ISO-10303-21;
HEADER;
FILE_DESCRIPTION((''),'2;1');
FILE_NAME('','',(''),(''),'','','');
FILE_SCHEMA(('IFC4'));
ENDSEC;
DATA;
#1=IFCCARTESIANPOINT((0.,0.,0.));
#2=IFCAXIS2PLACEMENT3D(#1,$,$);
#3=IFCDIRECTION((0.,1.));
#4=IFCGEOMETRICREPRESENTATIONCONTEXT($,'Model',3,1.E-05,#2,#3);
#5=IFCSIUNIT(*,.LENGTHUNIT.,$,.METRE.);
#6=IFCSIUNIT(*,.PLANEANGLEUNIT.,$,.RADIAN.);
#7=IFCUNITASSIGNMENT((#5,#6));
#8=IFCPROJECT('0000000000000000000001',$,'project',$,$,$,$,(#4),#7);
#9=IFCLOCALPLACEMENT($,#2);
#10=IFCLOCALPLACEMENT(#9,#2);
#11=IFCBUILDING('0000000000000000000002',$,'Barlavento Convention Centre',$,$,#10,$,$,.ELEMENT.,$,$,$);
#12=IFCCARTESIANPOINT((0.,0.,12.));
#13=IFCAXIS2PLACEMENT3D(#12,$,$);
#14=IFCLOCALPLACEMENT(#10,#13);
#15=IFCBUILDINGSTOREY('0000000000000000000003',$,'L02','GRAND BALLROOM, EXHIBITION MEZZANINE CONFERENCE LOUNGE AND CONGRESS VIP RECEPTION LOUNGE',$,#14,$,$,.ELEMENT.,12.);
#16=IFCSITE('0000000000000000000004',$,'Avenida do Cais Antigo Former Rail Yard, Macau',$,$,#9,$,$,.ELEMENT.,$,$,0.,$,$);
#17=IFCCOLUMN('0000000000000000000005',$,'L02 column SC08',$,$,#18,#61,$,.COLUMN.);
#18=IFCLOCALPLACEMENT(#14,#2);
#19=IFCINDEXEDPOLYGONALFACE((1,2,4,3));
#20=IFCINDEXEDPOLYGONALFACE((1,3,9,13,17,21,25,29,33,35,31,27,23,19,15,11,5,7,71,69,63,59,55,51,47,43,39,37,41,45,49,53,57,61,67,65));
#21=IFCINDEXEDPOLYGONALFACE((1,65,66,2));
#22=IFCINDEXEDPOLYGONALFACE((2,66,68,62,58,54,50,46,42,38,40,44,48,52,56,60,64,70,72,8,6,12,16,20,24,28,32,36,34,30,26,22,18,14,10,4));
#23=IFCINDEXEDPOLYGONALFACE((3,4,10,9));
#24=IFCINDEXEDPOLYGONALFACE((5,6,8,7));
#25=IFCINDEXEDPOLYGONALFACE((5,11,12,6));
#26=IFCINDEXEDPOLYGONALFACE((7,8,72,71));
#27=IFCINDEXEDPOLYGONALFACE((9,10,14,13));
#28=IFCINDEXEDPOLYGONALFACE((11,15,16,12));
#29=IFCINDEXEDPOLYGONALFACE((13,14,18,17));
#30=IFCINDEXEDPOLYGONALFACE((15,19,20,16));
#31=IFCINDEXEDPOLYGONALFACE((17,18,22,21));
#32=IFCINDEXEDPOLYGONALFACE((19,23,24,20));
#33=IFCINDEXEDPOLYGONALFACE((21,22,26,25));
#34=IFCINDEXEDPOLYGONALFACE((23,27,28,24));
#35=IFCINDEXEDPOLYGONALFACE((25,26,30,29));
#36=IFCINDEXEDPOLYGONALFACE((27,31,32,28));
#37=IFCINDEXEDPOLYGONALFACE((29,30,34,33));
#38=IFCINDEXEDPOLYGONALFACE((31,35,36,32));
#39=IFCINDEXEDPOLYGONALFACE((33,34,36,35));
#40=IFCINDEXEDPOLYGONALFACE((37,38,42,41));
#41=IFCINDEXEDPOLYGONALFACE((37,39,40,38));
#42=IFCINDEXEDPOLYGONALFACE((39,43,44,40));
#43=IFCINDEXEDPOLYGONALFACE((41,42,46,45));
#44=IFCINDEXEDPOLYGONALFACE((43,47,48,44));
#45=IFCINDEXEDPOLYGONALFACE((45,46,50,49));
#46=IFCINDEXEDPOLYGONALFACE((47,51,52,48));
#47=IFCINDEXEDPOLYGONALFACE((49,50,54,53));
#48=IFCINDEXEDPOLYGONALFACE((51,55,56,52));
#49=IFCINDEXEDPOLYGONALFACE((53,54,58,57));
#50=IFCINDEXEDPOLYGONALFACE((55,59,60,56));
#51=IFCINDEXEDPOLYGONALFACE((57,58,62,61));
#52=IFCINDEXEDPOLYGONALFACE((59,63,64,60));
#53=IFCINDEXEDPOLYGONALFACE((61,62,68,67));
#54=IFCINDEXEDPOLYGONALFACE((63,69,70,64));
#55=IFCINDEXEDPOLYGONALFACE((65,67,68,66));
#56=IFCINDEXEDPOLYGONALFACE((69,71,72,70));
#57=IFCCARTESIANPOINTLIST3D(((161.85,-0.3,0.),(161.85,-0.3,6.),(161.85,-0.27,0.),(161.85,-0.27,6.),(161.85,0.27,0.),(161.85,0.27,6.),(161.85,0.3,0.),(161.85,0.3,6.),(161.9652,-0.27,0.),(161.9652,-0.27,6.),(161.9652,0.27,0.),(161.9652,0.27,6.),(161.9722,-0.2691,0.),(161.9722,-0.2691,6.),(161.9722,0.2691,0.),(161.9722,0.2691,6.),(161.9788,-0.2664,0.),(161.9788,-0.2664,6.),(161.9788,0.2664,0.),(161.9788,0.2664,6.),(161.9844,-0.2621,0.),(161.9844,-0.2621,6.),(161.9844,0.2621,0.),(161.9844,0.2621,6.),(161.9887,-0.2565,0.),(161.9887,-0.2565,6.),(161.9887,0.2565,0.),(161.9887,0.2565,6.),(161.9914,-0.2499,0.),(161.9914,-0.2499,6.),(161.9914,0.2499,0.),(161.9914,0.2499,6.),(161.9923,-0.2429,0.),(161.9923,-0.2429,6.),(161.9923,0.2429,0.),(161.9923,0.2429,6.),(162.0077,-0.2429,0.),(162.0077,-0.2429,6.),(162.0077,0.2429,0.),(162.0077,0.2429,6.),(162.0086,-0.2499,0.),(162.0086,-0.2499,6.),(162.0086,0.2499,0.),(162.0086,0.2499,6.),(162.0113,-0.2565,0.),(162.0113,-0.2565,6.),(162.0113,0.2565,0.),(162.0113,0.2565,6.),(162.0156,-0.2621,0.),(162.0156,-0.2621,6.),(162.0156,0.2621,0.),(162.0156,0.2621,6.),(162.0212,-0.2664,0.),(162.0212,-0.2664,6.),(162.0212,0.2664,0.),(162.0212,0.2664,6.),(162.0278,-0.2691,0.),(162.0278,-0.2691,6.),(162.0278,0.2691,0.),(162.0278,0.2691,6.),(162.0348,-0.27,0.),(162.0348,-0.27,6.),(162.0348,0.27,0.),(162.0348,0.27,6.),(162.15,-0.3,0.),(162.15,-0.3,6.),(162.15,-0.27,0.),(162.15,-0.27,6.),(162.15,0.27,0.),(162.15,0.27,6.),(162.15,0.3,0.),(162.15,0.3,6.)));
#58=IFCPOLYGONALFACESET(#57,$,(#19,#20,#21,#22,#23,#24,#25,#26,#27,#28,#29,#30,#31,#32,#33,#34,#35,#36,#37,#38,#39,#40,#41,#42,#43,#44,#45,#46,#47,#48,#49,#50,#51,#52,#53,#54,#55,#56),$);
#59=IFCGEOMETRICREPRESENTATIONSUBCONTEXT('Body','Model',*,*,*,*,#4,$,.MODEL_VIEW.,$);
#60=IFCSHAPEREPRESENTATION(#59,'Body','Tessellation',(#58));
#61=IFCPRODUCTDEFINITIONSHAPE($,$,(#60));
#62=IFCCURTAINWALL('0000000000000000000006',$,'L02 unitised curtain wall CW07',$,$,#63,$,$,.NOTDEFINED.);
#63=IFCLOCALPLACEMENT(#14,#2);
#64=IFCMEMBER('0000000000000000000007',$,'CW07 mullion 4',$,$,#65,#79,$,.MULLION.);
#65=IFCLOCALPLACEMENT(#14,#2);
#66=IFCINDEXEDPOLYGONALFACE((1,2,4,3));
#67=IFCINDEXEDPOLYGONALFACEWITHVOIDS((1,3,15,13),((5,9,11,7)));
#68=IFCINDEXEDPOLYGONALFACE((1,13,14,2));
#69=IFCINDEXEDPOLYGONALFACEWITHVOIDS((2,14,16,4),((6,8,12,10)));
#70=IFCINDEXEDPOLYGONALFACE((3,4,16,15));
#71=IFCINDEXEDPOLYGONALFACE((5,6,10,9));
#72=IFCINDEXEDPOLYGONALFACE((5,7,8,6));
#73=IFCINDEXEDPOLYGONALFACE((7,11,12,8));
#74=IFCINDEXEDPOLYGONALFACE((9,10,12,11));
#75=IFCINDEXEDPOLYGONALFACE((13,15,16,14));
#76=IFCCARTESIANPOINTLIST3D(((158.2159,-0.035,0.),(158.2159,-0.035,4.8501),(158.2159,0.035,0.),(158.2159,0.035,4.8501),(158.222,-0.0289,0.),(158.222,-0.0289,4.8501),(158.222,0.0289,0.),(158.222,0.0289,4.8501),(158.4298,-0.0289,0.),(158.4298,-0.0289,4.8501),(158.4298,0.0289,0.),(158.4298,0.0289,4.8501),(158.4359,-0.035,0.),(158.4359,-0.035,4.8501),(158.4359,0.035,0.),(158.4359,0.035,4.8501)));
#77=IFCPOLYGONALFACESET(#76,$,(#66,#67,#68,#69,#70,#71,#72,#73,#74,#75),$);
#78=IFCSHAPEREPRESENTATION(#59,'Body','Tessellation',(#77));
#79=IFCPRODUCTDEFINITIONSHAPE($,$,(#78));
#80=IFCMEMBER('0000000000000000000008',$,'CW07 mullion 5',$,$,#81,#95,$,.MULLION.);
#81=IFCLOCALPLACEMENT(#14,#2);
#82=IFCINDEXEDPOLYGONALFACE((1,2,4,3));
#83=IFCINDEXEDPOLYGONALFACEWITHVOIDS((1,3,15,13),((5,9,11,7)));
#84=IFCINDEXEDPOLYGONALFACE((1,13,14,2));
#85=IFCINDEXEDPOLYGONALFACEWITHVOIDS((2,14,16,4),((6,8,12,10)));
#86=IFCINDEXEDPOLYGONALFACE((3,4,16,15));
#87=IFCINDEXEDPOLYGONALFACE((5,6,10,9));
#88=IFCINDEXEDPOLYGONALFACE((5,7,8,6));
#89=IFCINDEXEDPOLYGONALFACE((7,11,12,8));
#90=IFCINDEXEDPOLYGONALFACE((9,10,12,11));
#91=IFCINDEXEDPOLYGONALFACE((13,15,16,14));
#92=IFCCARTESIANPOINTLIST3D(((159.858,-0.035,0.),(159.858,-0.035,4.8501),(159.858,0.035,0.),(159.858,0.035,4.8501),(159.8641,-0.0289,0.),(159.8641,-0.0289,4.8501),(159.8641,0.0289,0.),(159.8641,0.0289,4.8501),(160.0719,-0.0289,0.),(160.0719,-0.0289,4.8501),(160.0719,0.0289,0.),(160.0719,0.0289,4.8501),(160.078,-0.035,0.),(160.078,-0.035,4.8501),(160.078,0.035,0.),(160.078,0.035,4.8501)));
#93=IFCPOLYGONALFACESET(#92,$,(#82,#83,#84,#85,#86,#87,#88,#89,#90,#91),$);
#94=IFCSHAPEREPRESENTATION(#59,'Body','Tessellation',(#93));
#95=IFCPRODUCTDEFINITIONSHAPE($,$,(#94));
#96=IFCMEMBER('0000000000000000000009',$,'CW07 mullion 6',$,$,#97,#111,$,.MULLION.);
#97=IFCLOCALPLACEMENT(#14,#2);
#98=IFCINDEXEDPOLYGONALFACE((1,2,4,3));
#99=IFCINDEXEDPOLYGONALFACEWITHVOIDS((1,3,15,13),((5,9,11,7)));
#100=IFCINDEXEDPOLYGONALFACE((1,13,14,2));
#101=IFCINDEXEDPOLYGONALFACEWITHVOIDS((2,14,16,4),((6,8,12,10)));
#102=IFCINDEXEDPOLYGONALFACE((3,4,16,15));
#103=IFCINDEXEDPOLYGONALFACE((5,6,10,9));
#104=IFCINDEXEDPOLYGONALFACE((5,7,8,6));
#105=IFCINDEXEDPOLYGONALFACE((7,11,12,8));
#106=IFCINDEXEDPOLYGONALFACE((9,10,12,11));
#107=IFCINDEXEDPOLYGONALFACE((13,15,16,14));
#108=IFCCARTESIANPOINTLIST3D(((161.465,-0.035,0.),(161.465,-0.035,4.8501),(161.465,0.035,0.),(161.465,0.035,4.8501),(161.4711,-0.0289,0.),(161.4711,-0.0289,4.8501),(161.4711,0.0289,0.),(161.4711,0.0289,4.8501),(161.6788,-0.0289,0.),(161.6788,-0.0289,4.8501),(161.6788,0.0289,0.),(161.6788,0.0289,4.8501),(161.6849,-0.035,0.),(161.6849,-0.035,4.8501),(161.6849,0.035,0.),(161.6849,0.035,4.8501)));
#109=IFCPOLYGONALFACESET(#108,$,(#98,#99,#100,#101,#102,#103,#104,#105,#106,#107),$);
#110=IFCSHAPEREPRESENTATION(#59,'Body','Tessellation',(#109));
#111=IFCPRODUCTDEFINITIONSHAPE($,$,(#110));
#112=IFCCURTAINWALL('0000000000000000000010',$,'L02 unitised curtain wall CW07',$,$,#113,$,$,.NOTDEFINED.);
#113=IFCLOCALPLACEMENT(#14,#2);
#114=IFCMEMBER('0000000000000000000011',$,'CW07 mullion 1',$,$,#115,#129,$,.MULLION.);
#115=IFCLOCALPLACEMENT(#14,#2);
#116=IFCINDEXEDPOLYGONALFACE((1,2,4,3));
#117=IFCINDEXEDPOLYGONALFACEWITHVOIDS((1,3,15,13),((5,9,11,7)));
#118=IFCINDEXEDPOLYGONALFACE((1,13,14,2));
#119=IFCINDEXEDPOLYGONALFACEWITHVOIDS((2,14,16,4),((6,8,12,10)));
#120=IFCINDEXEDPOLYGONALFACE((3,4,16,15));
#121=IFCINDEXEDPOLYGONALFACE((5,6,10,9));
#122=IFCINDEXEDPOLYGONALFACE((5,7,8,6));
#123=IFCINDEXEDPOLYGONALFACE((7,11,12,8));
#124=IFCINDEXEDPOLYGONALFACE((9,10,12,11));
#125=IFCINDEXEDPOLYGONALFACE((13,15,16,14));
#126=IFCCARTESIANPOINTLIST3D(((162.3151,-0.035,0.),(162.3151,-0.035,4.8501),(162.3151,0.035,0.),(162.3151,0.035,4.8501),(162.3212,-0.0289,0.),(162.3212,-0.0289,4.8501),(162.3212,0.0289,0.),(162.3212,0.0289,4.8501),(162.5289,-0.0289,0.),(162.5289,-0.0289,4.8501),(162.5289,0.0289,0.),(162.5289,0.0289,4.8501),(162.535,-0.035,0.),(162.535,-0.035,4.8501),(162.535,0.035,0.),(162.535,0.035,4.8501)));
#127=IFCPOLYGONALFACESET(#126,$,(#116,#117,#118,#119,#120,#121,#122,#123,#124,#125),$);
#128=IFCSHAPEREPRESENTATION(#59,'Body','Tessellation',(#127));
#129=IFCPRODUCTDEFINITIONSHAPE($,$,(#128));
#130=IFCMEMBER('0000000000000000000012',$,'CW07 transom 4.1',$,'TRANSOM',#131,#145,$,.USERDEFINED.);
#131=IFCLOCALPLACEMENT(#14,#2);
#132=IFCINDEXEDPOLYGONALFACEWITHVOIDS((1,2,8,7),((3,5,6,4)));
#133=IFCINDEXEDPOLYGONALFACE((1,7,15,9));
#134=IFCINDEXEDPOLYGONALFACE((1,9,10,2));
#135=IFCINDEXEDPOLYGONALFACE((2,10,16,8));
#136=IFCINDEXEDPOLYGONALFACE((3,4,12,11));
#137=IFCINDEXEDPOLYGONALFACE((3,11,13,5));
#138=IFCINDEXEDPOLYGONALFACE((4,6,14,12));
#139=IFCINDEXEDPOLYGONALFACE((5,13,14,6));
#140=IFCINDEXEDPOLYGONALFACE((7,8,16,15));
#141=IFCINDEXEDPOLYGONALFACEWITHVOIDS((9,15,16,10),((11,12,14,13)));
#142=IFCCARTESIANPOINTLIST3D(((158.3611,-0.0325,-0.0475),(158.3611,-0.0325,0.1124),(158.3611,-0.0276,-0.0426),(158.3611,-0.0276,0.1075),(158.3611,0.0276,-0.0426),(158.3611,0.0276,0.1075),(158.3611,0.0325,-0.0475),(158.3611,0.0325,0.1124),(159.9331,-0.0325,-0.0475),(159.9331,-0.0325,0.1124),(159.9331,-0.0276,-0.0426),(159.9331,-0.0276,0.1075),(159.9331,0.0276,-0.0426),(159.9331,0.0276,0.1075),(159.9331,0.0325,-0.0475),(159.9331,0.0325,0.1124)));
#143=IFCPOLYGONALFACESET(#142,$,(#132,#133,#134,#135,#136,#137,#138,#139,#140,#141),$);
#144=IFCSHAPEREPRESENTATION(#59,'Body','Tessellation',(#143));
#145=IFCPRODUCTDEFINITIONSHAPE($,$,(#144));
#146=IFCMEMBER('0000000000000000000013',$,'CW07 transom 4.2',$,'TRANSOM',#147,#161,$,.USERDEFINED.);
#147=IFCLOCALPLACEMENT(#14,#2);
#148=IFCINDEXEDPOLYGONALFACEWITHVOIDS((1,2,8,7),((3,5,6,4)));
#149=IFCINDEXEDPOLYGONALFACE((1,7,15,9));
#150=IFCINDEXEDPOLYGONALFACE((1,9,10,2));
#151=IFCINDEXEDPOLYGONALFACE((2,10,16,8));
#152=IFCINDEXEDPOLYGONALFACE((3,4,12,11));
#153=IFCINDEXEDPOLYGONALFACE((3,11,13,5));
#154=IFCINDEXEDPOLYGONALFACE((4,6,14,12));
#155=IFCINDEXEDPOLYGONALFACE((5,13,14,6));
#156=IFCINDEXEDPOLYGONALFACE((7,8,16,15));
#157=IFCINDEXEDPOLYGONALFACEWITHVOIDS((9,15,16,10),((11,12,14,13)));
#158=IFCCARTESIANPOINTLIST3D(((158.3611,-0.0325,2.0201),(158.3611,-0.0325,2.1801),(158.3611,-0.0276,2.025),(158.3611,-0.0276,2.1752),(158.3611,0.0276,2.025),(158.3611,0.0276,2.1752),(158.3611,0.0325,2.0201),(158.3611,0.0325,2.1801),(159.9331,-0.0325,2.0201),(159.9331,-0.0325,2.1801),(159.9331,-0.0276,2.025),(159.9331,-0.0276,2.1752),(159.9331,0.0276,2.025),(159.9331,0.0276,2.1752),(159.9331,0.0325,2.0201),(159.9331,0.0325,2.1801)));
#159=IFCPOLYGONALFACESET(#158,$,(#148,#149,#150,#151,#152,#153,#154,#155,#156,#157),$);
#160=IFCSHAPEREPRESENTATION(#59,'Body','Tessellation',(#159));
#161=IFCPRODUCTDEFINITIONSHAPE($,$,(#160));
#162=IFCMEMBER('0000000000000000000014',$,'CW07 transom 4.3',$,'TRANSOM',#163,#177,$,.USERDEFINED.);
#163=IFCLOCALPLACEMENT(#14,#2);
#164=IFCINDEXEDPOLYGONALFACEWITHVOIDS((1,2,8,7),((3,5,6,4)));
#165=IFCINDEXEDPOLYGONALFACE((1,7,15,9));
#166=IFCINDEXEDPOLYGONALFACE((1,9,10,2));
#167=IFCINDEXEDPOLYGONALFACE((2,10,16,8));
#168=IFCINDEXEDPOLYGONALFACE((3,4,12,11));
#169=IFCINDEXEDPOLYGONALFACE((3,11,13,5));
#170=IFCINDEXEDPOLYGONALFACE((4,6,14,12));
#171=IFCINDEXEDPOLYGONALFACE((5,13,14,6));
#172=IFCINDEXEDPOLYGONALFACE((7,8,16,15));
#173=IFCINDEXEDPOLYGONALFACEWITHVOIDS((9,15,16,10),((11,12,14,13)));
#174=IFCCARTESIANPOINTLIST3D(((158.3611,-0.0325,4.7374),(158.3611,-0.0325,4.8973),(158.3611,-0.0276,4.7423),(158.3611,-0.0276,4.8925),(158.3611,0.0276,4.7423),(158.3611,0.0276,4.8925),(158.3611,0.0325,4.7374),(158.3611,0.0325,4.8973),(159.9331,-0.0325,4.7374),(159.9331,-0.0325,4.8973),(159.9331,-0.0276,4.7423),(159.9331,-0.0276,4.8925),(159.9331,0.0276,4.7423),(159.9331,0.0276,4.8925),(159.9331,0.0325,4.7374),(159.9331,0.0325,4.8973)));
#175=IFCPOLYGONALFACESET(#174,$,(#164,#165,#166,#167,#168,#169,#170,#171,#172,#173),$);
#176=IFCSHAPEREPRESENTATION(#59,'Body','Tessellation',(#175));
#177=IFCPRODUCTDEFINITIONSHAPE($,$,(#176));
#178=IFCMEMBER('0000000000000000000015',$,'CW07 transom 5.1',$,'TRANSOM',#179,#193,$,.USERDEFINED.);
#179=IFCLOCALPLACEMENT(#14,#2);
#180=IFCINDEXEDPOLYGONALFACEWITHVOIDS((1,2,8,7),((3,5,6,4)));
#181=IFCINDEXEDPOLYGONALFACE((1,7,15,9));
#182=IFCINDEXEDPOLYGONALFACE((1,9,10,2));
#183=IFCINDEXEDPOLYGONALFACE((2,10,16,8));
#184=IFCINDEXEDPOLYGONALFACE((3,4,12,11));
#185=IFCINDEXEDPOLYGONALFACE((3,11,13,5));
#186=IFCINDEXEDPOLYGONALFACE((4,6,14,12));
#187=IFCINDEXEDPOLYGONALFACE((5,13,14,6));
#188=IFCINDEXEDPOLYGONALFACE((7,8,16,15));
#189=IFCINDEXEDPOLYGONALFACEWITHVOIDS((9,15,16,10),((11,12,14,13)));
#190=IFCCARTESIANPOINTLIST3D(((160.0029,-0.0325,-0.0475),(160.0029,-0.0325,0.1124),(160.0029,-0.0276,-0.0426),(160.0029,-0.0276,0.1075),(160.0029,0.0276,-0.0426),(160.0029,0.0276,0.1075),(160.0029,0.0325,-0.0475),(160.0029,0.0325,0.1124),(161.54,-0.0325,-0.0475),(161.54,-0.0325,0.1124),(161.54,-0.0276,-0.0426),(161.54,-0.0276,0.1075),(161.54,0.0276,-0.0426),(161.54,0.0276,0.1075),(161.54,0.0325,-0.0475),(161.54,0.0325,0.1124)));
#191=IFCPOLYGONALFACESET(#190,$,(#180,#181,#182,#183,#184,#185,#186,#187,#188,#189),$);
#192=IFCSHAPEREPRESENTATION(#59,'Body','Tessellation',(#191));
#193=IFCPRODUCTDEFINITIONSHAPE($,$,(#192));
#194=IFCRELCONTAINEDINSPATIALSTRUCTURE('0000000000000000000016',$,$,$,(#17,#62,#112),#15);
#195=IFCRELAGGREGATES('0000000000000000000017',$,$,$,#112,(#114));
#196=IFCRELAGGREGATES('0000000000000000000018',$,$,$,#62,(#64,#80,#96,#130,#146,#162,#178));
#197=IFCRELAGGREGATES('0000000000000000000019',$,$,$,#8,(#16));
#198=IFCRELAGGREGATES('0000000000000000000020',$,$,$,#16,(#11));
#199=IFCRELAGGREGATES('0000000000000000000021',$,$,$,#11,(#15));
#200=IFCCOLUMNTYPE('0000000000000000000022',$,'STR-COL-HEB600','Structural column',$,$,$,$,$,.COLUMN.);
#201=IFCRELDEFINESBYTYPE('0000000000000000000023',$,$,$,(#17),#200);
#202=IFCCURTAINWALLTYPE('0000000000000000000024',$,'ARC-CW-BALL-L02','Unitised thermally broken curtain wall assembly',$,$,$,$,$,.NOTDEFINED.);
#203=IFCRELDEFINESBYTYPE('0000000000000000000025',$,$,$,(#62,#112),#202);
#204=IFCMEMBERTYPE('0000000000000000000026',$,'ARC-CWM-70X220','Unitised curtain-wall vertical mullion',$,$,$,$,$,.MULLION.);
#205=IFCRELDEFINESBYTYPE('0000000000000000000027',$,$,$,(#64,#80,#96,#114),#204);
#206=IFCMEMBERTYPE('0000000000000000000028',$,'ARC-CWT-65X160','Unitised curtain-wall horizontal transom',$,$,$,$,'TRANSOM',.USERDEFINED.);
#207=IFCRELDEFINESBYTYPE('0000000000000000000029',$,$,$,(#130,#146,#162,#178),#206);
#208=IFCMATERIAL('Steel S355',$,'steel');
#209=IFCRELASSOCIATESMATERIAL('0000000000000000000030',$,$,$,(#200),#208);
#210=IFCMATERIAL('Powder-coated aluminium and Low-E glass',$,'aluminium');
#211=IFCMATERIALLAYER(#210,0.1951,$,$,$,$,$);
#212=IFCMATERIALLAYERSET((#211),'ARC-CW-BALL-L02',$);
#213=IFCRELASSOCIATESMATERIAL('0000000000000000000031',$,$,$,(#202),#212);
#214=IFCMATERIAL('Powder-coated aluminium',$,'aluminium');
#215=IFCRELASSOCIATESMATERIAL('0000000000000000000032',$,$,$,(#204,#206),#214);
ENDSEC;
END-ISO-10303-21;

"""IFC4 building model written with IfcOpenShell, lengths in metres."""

from ifc_helpers import new_model, si_unit, direction, frame, origin, origin_2d, place, context, subcontext, project, spatial, hollow_rectangle, i_section, extrude, material, layer, layer_set, material_profile, profile_set, type_object, element, aggregate, save


model = new_model("IFC4")

# Units and contexts
model_context = context("Model", 3, precision=1e-05, world=origin(), true_north=direction((0.0, 1.0)))
body_context = subcontext(model_context, "Body", "Model", "MODEL_VIEW")
ifc_project = project(units=[si_unit("LENGTHUNIT", "METRE"), si_unit("PLANEANGLEUNIT", "RADIAN")], contexts=[model_context])

# Site, building, storey
site_placement = place(None, origin())
site = spatial("IfcSite", under=ifc_project, at=site_placement, Name="Avenida do Cais Antigo Former Rail Yard, Macau", CompositionType="ELEMENT", RefElevation=0.0)
building_placement = place(site_placement, origin())
building = spatial("IfcBuilding", under=site, at=building_placement, Name="Barlavento Convention Centre", CompositionType="ELEMENT")
storey_placement = place(building_placement, frame((0.0, 0.0, 12.0)))
storey = spatial("IfcBuildingStorey", under=building, at=storey_placement, Name="L02", Description="GRAND BALLROOM, EXHIBITION MEZZANINE CONFERENCE LOUNGE AND CONGRESS VIP RECEPTION LOUNGE", CompositionType="ELEMENT", Elevation=12.0)

# Column
ifc_material_1 = material(Name="Steel S355", Category="steel")
ifc_material_profile_1 = material_profile(ifc_material_1, i_section(OverallWidth=0.3, OverallDepth=0.6001, WebThickness=0.0154, FlangeThickness=0.03, FilletRadius=0.0271, at=origin_2d()), Name="HEB 600")
ifc_profile_set_1 = profile_set([ifc_material_profile_1], Name="Steel S355")
column_type = type_object("IfcColumnType", Name="STR-COL-HEB600", Description="Structural column", PredefinedType="COLUMN", material=ifc_profile_set_1)
column_placement = place(storey_placement, frame((162.0, 0.0, 0.0), z_axis=(0.0, 0.0, 1.0), x_axis=(1.0, 0.0, 0.0)))
element("IfcColumn", 1, at=column_placement, inside=storey, type_object=column_type, Name="L02 column SC08", PredefinedType="COLUMN", context=body_context, shape_type="SweptSolid", body=[
    extrude(i_section(OverallWidth=0.3, OverallDepth=0.6001, WebThickness=0.0154, FlangeThickness=0.03, FilletRadius=0.0271, at=origin_2d()), origin(), (0.0, 0.0, 1.0), 6.0),
])

# Curtain wall, members
ifc_material_2 = material(Name="Powder-coated aluminium and Low-E glass", Category="aluminium")
ifc_layer_1 = layer(ifc_material_2, 0.1951)
ifc_layer_set_1 = layer_set([ifc_layer_1], Name="ARC-CW-BALL-L02")
curtain_wall_type = type_object("IfcCurtainWallType", Name="ARC-CW-BALL-L02", Description="Unitised thermally broken curtain wall assembly", PredefinedType="NOTDEFINED", material=ifc_layer_set_1)
curtain_wall_1_placement = place(storey_placement, origin())
curtain_wall_1 = element("IfcCurtainWall", 2, at=curtain_wall_1_placement, inside=storey, type_object=curtain_wall_type, Name="L02 unitised curtain wall CW07", PredefinedType="NOTDEFINED")
ifc_material_3 = material(Name="Powder-coated aluminium", Category="aluminium")
ifc_material_profile_2 = material_profile(ifc_material_3, hollow_rectangle(XDim=0.0701, YDim=0.22, WallThickness=0.0061, at=origin_2d()), Name="AL-MULL 70x220x6")
ifc_profile_set_2 = profile_set([ifc_material_profile_2], Name="Powder-coated aluminium")
member_type_1 = type_object("IfcMemberType", Name="ARC-CWM-70X220", Description="Unitised curtain-wall vertical mullion", PredefinedType="MULLION", material=ifc_profile_set_2)
member_1_placement = place(storey_placement, frame((158.3259, 0.0, 0.0), z_axis=(0.0, 0.0, 1.0), x_axis=(0.0, 1.0, 0.0)))
member_1 = element("IfcMember", 3, at=member_1_placement, type_object=member_type_1, Name="CW07 mullion 4", PredefinedType="MULLION", context=body_context, shape_type="SweptSolid", body=[
    extrude(hollow_rectangle(XDim=0.0701, YDim=0.22, WallThickness=0.0061, at=origin_2d()), origin(), (0.0, 0.0, 1.0), 4.8501),
])
member_2_placement = place(storey_placement, frame((159.968, 0.0, 0.0), z_axis=(0.0, 0.0, 1.0), x_axis=(0.0, 1.0, 0.0)))
member_2 = element("IfcMember", 4, at=member_2_placement, type_object=member_type_1, Name="CW07 mullion 5", PredefinedType="MULLION", context=body_context, shape_type="SweptSolid", body=[
    extrude(hollow_rectangle(XDim=0.0701, YDim=0.22, WallThickness=0.0061, at=origin_2d()), origin(), (0.0, 0.0, 1.0), 4.8501),
])
member_3_placement = place(storey_placement, frame((161.575, 0.0, 0.0), z_axis=(0.0, 0.0, 1.0), x_axis=(0.0, 1.0, 0.0)))
member_3 = element("IfcMember", 5, at=member_3_placement, type_object=member_type_1, Name="CW07 mullion 6", PredefinedType="MULLION", context=body_context, shape_type="SweptSolid", body=[
    extrude(hollow_rectangle(XDim=0.0701, YDim=0.22, WallThickness=0.0061, at=origin_2d()), origin(), (0.0, 0.0, 1.0), 4.8501),
])

# Curtain wall, member
curtain_wall_2_placement = place(storey_placement, origin())
curtain_wall_2 = element("IfcCurtainWall", 6, at=curtain_wall_2_placement, inside=storey, type_object=curtain_wall_type, Name="L02 unitised curtain wall CW07", PredefinedType="NOTDEFINED")
member_4_placement = place(storey_placement, frame((162.425, 0.0, 0.0), z_axis=(0.0, 0.0, 1.0), x_axis=(0.0, 1.0, 0.0)))
member_4 = element("IfcMember", 7, at=member_4_placement, type_object=member_type_1, Name="CW07 mullion 1", PredefinedType="MULLION", context=body_context, shape_type="SweptSolid", body=[
    extrude(hollow_rectangle(XDim=0.0701, YDim=0.22, WallThickness=0.0061, at=origin_2d()), origin(), (0.0, 0.0, 1.0), 4.8501),
])

# Members
ifc_material_profile_3 = material_profile(ifc_material_3, hollow_rectangle(XDim=0.0649, YDim=0.1599, WallThickness=0.0049, at=origin_2d()), Name="AL-TRAN 65x160x5")
ifc_profile_set_3 = profile_set([ifc_material_profile_3], Name="Powder-coated aluminium")
member_type_2 = type_object("IfcMemberType", Name="ARC-CWT-65X160", Description="Unitised curtain-wall horizontal transom", ElementType="TRANSOM", PredefinedType="USERDEFINED", material=ifc_profile_set_3)
member_5_placement = place(storey_placement, frame((158.3611, 0.0, 0.0325), z_axis=(1.0, 0.0, 0.0), x_axis=(0.0, 1.0, 0.0)))
member_5 = element("IfcMember", 8, at=member_5_placement, type_object=member_type_2, Name="CW07 transom 4.1", ObjectType="TRANSOM", PredefinedType="USERDEFINED", context=body_context, shape_type="SweptSolid", body=[
    extrude(hollow_rectangle(XDim=0.0649, YDim=0.1599, WallThickness=0.0049, at=origin_2d()), origin(), (0.0, 0.0, 1.0), 1.572),
])
member_6_placement = place(storey_placement, frame((158.3611, 0.0, 2.1001), z_axis=(1.0, 0.0, 0.0), x_axis=(0.0, 1.0, 0.0)))
member_6 = element("IfcMember", 9, at=member_6_placement, type_object=member_type_2, Name="CW07 transom 4.2", ObjectType="TRANSOM", PredefinedType="USERDEFINED", context=body_context, shape_type="SweptSolid", body=[
    extrude(hollow_rectangle(XDim=0.0649, YDim=0.1599, WallThickness=0.0049, at=origin_2d()), origin(), (0.0, 0.0, 1.0), 1.572),
])
member_7_placement = place(storey_placement, frame((158.3611, 0.0, 4.8174), z_axis=(1.0, 0.0, 0.0), x_axis=(0.0, 1.0, 0.0)))
member_7 = element("IfcMember", 10, at=member_7_placement, type_object=member_type_2, Name="CW07 transom 4.3", ObjectType="TRANSOM", PredefinedType="USERDEFINED", context=body_context, shape_type="SweptSolid", body=[
    extrude(hollow_rectangle(XDim=0.0649, YDim=0.1599, WallThickness=0.0049, at=origin_2d()), origin(), (0.0, 0.0, 1.0), 1.572),
])
member_8_placement = place(storey_placement, frame((160.0029, 0.0, 0.0325), z_axis=(1.0, 0.0, 0.0), x_axis=(0.0, 1.0, 0.0)))
member_8 = element("IfcMember", 11, at=member_8_placement, type_object=member_type_2, Name="CW07 transom 5.1", ObjectType="TRANSOM", PredefinedType="USERDEFINED", context=body_context, shape_type="SweptSolid", body=[
    extrude(hollow_rectangle(XDim=0.0649, YDim=0.1599, WallThickness=0.0049, at=origin_2d()), origin(), (0.0, 0.0, 1.0), 1.5371),
])
aggregate(curtain_wall_2, [member_4])

aggregate(curtain_wall_1, [member_1, member_2, member_3, member_5, member_6, member_7, member_8])

save(model, "model.ifc")
